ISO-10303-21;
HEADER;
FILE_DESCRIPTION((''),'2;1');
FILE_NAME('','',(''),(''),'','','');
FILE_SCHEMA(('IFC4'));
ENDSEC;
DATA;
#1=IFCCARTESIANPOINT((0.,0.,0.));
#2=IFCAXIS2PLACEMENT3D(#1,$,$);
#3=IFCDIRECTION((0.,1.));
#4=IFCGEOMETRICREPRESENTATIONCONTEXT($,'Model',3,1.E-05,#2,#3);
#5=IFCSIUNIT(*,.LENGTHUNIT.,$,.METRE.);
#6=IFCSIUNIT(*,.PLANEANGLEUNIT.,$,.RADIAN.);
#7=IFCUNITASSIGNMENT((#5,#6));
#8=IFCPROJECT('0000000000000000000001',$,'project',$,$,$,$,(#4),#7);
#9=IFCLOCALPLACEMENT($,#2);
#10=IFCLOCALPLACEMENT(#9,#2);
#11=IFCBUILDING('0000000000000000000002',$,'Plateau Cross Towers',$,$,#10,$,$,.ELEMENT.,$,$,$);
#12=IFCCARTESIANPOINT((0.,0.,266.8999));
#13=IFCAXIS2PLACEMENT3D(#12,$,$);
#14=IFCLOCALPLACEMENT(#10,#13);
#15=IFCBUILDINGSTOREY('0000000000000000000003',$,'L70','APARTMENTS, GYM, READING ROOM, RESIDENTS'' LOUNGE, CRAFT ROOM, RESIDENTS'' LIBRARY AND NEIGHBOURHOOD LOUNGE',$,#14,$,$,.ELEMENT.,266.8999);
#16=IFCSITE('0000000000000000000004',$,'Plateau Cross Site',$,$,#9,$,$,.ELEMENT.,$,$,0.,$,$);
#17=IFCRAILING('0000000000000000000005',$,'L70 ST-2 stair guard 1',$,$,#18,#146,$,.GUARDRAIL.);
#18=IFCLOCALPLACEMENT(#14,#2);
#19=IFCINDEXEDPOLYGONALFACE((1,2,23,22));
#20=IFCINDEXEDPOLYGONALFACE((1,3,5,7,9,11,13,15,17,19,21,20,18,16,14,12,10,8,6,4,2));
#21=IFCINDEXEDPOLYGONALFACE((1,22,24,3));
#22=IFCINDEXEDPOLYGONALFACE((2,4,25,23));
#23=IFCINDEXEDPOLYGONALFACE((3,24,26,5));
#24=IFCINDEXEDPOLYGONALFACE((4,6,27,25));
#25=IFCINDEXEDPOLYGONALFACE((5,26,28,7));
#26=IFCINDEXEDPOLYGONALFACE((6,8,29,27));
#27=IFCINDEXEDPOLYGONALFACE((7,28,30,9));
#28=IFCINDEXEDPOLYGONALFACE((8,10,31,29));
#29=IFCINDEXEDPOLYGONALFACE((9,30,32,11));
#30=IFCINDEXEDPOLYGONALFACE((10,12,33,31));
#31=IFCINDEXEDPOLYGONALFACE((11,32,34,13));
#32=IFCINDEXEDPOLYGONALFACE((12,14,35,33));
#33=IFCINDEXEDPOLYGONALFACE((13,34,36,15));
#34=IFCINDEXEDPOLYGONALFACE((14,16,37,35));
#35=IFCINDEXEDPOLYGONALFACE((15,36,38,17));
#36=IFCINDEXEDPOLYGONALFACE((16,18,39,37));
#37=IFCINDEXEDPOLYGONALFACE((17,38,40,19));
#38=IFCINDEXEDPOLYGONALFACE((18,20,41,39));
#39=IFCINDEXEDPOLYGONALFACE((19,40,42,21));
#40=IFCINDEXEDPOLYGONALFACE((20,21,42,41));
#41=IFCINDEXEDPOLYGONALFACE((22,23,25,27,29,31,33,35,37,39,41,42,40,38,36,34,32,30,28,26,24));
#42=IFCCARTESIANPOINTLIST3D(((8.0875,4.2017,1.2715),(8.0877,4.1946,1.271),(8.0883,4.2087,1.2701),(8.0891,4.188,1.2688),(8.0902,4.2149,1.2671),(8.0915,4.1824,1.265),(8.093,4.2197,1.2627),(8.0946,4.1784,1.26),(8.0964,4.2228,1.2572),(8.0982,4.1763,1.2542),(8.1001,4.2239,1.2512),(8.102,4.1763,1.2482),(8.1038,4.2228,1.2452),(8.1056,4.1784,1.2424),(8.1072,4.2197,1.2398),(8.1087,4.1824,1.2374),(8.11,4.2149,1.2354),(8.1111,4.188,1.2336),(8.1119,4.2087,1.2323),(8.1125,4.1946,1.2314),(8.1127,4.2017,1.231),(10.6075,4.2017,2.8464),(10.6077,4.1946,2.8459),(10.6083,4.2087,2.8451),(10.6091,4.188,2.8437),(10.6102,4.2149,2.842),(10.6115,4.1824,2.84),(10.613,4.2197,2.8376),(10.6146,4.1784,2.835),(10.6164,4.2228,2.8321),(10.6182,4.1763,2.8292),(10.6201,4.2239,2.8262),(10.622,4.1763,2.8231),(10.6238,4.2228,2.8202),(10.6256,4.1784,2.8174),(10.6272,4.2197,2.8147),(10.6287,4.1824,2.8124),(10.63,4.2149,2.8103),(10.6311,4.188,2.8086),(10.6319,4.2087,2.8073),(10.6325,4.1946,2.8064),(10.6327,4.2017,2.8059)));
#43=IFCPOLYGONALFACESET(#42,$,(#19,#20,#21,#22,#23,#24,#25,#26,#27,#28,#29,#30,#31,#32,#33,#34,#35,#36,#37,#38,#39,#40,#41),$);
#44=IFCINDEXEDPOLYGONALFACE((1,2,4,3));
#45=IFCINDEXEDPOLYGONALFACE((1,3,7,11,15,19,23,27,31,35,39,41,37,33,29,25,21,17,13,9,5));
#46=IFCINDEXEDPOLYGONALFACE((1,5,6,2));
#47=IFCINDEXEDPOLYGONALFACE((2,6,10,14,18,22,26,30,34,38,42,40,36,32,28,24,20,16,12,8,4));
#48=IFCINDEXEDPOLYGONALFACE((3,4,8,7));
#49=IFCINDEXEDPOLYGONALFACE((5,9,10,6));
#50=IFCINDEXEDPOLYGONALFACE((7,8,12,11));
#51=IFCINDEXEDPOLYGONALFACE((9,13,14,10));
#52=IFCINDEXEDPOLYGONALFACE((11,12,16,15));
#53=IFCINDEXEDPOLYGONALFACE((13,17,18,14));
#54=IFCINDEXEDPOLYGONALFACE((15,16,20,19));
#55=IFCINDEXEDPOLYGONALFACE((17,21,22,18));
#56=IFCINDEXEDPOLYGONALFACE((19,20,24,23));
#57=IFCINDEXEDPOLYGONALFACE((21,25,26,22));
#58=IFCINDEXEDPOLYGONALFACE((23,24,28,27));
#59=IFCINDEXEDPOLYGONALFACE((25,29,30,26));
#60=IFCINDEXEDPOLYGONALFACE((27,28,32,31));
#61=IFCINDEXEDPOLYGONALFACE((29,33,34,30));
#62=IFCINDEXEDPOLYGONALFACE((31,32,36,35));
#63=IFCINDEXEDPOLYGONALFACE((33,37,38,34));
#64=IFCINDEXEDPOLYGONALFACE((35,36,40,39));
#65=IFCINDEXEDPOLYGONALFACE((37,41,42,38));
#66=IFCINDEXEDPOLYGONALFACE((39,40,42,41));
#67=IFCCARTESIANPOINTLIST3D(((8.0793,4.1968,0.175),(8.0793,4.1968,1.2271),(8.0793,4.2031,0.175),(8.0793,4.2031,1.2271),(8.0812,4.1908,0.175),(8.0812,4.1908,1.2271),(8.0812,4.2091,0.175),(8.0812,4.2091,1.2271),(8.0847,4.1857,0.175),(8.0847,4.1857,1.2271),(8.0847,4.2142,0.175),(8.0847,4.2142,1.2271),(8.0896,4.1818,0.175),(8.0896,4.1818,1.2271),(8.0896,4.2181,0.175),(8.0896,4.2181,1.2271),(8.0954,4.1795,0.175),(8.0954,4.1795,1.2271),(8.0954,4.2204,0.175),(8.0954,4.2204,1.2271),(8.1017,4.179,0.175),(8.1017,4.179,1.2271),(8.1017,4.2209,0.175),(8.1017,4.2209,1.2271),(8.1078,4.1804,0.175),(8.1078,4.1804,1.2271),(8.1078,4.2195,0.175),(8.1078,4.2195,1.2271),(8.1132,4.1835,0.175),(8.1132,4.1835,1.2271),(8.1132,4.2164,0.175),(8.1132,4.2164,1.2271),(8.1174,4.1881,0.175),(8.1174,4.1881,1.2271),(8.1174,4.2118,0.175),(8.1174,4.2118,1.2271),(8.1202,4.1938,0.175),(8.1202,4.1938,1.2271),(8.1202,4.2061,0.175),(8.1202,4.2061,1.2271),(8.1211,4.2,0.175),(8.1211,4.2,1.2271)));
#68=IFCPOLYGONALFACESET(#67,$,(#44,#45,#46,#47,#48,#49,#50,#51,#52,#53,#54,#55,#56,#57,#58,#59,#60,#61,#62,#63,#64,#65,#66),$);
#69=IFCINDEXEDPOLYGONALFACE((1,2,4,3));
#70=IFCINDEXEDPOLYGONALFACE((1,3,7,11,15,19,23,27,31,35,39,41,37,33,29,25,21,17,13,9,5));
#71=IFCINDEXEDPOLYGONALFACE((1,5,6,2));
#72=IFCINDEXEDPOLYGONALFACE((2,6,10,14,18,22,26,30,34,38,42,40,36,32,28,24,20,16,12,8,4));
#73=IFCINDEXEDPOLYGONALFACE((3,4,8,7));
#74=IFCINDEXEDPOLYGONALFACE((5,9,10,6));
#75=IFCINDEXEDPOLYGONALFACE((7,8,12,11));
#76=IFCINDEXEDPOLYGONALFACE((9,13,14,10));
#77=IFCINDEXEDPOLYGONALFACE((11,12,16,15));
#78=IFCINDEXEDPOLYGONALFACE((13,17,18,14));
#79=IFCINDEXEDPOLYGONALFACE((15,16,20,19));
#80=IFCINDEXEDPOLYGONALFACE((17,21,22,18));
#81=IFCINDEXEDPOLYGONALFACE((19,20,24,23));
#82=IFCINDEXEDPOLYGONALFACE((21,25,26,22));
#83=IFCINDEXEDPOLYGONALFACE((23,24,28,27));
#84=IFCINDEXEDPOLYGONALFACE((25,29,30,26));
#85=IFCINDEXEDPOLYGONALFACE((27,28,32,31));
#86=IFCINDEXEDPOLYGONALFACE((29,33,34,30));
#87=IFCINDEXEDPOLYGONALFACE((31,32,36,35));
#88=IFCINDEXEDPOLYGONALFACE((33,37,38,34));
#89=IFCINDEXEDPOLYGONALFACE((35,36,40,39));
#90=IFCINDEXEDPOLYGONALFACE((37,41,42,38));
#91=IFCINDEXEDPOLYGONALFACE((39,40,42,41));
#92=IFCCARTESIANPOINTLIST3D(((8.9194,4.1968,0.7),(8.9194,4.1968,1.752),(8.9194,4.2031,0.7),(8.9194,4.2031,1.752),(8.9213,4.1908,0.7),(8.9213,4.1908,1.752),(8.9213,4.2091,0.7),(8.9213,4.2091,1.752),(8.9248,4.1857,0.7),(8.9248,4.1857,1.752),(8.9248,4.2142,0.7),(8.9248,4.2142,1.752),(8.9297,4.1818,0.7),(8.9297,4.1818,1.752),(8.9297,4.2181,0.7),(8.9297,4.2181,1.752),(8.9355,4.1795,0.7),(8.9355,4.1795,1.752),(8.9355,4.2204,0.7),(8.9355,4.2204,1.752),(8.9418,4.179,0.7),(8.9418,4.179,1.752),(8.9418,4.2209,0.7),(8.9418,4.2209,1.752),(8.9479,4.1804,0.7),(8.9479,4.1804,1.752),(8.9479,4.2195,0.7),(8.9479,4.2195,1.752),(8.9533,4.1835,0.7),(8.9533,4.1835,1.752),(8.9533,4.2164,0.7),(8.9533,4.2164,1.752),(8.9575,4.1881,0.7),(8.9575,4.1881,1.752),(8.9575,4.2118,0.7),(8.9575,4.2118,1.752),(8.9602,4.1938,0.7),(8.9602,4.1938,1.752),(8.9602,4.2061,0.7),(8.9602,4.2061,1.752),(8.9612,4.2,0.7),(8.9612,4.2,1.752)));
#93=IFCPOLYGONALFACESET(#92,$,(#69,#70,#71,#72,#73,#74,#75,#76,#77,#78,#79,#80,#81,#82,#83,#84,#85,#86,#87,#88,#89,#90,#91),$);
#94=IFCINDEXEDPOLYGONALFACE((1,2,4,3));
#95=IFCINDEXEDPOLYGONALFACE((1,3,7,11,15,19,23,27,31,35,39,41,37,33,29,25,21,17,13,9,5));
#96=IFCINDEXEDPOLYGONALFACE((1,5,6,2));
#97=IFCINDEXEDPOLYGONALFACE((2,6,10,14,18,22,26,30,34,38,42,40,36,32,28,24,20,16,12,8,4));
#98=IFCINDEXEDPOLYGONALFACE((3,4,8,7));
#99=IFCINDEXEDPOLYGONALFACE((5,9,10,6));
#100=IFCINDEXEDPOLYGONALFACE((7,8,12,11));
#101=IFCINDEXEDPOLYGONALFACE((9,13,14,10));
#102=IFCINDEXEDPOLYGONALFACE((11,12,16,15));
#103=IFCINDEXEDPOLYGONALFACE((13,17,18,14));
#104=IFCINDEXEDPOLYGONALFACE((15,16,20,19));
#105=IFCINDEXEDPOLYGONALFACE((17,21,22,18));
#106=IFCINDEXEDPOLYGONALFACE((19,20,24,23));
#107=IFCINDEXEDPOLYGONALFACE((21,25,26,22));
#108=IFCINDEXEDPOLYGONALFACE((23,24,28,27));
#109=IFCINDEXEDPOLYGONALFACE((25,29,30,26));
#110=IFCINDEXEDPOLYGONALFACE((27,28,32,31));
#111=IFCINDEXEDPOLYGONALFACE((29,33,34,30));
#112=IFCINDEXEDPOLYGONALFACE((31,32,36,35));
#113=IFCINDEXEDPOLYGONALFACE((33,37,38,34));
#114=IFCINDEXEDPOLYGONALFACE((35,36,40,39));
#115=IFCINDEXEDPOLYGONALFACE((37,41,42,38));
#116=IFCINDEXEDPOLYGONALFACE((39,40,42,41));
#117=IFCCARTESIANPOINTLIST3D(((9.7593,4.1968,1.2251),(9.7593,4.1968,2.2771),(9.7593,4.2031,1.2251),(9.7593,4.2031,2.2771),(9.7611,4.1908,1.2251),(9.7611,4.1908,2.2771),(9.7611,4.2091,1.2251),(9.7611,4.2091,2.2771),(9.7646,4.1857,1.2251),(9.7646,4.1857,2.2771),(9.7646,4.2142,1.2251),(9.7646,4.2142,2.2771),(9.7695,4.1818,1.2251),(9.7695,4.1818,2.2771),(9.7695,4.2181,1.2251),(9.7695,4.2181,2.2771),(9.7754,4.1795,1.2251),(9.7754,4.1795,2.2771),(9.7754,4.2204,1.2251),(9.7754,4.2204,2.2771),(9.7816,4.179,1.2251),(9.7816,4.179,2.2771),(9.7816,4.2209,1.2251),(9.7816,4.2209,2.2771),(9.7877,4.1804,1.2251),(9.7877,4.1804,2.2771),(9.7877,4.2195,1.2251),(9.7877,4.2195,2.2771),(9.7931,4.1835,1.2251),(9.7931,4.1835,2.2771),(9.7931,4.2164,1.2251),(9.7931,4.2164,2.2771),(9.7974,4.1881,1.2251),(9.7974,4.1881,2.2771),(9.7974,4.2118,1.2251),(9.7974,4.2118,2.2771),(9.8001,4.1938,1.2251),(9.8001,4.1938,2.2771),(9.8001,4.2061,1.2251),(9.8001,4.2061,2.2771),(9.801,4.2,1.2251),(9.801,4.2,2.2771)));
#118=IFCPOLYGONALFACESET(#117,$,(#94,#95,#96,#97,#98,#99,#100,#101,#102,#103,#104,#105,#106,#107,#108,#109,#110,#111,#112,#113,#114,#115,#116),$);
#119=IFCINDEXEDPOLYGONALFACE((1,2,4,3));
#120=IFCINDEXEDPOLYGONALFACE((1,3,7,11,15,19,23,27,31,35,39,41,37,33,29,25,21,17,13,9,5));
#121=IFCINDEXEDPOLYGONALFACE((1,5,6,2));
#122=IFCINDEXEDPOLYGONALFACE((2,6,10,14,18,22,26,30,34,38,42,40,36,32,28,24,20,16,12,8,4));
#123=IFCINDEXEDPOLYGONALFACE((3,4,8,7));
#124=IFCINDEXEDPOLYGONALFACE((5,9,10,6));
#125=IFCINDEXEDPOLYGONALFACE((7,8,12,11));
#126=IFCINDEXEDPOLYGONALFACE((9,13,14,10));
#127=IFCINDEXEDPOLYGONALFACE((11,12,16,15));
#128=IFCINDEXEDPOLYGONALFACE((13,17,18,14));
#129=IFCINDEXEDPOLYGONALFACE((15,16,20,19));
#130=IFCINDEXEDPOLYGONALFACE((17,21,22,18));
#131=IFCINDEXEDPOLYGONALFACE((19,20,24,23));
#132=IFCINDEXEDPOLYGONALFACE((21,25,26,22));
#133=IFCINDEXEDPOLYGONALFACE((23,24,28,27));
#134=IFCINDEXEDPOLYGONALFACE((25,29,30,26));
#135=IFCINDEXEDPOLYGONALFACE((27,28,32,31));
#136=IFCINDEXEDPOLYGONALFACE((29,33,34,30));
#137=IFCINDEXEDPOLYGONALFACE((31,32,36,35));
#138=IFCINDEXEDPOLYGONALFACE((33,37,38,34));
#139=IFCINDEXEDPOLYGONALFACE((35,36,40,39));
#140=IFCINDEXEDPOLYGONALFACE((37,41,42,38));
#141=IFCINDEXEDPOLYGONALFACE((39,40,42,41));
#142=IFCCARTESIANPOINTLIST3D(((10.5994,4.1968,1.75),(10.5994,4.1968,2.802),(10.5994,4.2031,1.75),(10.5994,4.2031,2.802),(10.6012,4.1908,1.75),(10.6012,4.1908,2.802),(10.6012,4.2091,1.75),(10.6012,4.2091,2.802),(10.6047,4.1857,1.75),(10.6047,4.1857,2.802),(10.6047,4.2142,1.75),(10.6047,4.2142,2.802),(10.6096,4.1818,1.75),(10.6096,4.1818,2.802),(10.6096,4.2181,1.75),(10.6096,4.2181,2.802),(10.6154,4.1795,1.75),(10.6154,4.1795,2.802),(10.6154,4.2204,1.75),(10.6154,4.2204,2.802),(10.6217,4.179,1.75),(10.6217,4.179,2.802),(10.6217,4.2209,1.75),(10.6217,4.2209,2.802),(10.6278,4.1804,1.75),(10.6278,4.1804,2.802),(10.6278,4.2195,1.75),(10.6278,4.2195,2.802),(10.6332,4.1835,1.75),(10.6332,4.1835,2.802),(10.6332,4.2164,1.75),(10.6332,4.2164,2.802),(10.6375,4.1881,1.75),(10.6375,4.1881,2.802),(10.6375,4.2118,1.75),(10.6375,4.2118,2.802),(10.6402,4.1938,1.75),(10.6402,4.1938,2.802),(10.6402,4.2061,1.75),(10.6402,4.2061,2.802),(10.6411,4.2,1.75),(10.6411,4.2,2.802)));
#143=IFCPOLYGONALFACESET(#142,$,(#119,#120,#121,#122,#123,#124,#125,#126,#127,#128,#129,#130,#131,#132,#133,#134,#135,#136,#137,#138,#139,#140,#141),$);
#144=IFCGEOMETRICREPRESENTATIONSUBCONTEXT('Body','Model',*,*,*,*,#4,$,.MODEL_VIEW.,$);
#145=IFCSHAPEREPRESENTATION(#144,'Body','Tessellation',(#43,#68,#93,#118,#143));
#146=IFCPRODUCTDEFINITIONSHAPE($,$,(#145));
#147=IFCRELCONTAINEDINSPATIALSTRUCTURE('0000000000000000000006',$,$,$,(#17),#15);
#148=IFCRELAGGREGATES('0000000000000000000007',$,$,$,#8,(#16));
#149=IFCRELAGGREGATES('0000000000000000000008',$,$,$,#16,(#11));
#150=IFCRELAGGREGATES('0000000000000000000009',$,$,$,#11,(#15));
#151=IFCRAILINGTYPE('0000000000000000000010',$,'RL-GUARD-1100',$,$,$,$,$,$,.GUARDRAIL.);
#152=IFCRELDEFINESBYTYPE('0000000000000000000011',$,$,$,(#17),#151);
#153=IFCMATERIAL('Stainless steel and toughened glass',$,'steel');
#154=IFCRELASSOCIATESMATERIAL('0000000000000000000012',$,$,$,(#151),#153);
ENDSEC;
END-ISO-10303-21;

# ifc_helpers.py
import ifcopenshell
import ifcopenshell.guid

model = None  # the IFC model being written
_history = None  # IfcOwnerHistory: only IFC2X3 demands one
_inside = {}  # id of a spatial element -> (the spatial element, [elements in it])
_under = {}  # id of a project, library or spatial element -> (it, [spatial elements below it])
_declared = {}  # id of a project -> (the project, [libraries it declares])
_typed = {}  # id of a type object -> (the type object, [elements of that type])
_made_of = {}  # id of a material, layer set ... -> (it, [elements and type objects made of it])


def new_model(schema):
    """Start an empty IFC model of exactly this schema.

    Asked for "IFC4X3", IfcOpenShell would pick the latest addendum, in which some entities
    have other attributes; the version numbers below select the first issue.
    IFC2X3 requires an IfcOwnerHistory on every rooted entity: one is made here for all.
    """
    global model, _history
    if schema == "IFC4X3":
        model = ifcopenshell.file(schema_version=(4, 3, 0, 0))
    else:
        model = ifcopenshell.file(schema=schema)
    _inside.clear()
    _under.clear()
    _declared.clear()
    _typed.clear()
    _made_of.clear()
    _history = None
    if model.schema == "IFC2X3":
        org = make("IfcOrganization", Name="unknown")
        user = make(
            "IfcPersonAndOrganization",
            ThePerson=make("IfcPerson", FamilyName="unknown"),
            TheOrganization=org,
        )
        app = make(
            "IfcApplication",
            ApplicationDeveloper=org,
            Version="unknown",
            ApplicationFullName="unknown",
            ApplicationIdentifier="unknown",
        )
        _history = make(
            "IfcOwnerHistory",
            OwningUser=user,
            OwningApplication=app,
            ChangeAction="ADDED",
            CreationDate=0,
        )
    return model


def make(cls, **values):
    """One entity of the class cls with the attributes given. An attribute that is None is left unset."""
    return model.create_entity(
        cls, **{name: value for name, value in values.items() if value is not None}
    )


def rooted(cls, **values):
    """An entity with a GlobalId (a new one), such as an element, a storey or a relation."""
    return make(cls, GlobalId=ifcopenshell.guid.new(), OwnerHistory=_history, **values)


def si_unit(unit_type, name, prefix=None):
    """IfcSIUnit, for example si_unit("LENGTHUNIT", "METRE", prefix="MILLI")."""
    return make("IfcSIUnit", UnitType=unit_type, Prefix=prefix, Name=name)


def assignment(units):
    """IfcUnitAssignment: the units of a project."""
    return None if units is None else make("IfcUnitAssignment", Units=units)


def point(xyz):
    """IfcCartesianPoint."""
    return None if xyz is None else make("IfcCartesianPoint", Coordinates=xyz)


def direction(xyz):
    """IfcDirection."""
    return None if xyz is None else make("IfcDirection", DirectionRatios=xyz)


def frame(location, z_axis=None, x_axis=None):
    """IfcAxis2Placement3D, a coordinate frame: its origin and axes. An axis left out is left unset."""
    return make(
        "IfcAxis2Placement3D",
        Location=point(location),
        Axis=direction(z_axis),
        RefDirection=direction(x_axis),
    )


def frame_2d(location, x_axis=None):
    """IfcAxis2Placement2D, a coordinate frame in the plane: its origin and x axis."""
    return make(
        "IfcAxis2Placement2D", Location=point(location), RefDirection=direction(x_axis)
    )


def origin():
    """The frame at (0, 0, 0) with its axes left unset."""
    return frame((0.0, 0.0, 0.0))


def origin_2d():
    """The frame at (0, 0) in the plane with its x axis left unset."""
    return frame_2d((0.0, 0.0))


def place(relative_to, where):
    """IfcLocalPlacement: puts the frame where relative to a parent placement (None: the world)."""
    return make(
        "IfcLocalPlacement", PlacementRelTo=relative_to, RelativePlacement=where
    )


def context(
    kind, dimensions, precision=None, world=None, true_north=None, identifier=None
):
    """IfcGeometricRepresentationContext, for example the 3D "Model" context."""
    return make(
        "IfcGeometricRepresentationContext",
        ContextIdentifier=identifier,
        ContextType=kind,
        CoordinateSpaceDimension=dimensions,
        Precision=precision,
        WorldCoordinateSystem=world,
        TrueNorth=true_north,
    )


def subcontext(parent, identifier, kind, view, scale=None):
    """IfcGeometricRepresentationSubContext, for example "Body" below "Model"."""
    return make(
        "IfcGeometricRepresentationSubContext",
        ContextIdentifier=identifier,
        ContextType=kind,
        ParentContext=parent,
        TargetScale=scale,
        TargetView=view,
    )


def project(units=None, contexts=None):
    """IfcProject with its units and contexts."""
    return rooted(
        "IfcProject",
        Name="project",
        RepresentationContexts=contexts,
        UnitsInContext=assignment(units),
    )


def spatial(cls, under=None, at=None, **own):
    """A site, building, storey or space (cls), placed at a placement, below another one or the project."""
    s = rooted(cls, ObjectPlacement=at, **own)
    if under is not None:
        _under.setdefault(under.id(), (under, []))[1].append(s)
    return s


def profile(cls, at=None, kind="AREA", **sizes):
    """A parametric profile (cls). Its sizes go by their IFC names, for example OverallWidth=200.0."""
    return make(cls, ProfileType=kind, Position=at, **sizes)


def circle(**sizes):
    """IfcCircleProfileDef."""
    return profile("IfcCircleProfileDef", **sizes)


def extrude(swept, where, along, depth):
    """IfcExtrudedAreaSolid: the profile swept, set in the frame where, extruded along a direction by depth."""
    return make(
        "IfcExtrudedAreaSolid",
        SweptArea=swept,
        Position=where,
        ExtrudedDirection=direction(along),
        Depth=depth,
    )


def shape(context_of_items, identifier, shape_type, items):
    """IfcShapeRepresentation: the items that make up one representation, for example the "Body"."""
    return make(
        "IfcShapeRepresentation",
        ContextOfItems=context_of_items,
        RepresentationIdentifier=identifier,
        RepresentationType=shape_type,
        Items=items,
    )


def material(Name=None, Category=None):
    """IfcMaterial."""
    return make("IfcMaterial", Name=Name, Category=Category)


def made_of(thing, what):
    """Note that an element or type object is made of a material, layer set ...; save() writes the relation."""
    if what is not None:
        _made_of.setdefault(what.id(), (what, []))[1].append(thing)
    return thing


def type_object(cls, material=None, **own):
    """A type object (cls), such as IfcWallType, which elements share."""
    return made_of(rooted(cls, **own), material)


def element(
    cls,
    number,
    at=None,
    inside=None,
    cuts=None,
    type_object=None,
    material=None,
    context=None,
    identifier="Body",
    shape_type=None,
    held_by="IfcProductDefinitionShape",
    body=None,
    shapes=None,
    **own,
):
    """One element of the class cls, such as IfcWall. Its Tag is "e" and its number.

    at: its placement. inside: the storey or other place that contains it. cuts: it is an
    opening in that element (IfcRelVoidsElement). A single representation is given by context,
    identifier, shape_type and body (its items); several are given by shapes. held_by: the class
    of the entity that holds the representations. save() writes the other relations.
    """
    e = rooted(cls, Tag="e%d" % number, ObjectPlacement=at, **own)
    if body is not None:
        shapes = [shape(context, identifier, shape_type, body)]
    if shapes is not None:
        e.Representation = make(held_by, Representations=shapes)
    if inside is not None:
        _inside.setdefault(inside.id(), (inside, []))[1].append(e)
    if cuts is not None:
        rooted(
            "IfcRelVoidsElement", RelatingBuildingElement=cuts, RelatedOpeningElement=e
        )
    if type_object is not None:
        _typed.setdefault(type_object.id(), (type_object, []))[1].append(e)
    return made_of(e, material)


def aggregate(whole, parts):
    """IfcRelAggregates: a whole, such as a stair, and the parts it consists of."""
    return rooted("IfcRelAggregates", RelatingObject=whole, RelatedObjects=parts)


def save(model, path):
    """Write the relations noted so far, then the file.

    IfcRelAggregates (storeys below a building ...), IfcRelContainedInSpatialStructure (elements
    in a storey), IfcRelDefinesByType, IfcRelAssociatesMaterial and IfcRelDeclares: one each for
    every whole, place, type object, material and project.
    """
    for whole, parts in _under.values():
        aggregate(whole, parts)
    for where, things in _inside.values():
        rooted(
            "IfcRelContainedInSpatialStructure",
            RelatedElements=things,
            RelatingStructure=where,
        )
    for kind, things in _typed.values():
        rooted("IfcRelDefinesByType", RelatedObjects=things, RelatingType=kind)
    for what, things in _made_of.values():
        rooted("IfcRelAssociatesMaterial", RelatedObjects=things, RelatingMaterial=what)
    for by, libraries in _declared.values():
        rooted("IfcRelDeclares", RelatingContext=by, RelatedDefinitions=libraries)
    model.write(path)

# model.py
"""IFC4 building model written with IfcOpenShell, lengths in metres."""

from ifc_helpers import new_model, si_unit, direction, frame, origin, origin_2d, place, context, subcontext, project, spatial, circle, extrude, material, type_object, element, save


model = new_model("IFC4")

# Units and contexts
model_context = context("Model", 3, precision=1e-05, world=origin(), true_north=direction((0.0, 1.0)))
body_context = subcontext(model_context, "Body", "Model", "MODEL_VIEW")
ifc_project = project(units=[si_unit("LENGTHUNIT", "METRE"), si_unit("PLANEANGLEUNIT", "RADIAN")], contexts=[model_context])

# Site, building, storey
site_placement = place(None, origin())
site = spatial("IfcSite", under=ifc_project, at=site_placement, Name="Plateau Cross Site", CompositionType="ELEMENT", RefElevation=0.0)
building_placement = place(site_placement, origin())
building = spatial("IfcBuilding", under=site, at=building_placement, Name="Plateau Cross Towers", CompositionType="ELEMENT")
storey_placement = place(building_placement, frame((0.0, 0.0, 266.8999)))
storey = spatial("IfcBuildingStorey", under=building, at=storey_placement, Name="L70", Description="APARTMENTS, GYM, READING ROOM, RESIDENTS' LOUNGE, CRAFT ROOM, RESIDENTS' LIBRARY AND NEIGHBOURHOOD LOUNGE", CompositionType="ELEMENT", Elevation=266.8999)

# Railing
ifc_material_1 = material(Name="Stainless steel and toughened glass", Category="steel")
railing_type_1 = type_object("IfcRailingType", Name="RL-GUARD-1100", PredefinedType="GUARDRAIL", material=ifc_material_1)
railing_1_placement = place(storey_placement, frame((8.1001, 4.2, 0.175)))
element("IfcRailing", 1, at=railing_1_placement, inside=storey, type_object=railing_type_1, Name="L70 ST-2 stair guard 1", PredefinedType="GUARDRAIL", context=body_context, shape_type="SweptSolid", body=[
    extrude(circle(Radius=0.0239, at=origin_2d()), frame((0.0, 0.0, 1.0762), z_axis=(0.848008, 0.0, 0.529984), x_axis=(0.0, 1.0, 0.0)), (0.0, 0.0, 1.0), 2.9717),
    extrude(circle(Radius=0.021, at=origin_2d()), origin(), (0.0, 0.0, 1.0), 1.052),
    extrude(circle(Radius=0.021, at=origin_2d()), frame((0.8401, 0.0, 0.5249)), (0.0, 0.0, 1.0), 1.052),
    extrude(circle(Radius=0.021, at=origin_2d()), frame((1.6799, 0.0, 1.05)), (0.0, 0.0, 1.0), 1.052),
    extrude(circle(Radius=0.021, at=origin_2d()), frame((2.52, 0.0, 1.575)), (0.0, 0.0, 1.0), 1.052),
])

save(model, "model.ifc")
